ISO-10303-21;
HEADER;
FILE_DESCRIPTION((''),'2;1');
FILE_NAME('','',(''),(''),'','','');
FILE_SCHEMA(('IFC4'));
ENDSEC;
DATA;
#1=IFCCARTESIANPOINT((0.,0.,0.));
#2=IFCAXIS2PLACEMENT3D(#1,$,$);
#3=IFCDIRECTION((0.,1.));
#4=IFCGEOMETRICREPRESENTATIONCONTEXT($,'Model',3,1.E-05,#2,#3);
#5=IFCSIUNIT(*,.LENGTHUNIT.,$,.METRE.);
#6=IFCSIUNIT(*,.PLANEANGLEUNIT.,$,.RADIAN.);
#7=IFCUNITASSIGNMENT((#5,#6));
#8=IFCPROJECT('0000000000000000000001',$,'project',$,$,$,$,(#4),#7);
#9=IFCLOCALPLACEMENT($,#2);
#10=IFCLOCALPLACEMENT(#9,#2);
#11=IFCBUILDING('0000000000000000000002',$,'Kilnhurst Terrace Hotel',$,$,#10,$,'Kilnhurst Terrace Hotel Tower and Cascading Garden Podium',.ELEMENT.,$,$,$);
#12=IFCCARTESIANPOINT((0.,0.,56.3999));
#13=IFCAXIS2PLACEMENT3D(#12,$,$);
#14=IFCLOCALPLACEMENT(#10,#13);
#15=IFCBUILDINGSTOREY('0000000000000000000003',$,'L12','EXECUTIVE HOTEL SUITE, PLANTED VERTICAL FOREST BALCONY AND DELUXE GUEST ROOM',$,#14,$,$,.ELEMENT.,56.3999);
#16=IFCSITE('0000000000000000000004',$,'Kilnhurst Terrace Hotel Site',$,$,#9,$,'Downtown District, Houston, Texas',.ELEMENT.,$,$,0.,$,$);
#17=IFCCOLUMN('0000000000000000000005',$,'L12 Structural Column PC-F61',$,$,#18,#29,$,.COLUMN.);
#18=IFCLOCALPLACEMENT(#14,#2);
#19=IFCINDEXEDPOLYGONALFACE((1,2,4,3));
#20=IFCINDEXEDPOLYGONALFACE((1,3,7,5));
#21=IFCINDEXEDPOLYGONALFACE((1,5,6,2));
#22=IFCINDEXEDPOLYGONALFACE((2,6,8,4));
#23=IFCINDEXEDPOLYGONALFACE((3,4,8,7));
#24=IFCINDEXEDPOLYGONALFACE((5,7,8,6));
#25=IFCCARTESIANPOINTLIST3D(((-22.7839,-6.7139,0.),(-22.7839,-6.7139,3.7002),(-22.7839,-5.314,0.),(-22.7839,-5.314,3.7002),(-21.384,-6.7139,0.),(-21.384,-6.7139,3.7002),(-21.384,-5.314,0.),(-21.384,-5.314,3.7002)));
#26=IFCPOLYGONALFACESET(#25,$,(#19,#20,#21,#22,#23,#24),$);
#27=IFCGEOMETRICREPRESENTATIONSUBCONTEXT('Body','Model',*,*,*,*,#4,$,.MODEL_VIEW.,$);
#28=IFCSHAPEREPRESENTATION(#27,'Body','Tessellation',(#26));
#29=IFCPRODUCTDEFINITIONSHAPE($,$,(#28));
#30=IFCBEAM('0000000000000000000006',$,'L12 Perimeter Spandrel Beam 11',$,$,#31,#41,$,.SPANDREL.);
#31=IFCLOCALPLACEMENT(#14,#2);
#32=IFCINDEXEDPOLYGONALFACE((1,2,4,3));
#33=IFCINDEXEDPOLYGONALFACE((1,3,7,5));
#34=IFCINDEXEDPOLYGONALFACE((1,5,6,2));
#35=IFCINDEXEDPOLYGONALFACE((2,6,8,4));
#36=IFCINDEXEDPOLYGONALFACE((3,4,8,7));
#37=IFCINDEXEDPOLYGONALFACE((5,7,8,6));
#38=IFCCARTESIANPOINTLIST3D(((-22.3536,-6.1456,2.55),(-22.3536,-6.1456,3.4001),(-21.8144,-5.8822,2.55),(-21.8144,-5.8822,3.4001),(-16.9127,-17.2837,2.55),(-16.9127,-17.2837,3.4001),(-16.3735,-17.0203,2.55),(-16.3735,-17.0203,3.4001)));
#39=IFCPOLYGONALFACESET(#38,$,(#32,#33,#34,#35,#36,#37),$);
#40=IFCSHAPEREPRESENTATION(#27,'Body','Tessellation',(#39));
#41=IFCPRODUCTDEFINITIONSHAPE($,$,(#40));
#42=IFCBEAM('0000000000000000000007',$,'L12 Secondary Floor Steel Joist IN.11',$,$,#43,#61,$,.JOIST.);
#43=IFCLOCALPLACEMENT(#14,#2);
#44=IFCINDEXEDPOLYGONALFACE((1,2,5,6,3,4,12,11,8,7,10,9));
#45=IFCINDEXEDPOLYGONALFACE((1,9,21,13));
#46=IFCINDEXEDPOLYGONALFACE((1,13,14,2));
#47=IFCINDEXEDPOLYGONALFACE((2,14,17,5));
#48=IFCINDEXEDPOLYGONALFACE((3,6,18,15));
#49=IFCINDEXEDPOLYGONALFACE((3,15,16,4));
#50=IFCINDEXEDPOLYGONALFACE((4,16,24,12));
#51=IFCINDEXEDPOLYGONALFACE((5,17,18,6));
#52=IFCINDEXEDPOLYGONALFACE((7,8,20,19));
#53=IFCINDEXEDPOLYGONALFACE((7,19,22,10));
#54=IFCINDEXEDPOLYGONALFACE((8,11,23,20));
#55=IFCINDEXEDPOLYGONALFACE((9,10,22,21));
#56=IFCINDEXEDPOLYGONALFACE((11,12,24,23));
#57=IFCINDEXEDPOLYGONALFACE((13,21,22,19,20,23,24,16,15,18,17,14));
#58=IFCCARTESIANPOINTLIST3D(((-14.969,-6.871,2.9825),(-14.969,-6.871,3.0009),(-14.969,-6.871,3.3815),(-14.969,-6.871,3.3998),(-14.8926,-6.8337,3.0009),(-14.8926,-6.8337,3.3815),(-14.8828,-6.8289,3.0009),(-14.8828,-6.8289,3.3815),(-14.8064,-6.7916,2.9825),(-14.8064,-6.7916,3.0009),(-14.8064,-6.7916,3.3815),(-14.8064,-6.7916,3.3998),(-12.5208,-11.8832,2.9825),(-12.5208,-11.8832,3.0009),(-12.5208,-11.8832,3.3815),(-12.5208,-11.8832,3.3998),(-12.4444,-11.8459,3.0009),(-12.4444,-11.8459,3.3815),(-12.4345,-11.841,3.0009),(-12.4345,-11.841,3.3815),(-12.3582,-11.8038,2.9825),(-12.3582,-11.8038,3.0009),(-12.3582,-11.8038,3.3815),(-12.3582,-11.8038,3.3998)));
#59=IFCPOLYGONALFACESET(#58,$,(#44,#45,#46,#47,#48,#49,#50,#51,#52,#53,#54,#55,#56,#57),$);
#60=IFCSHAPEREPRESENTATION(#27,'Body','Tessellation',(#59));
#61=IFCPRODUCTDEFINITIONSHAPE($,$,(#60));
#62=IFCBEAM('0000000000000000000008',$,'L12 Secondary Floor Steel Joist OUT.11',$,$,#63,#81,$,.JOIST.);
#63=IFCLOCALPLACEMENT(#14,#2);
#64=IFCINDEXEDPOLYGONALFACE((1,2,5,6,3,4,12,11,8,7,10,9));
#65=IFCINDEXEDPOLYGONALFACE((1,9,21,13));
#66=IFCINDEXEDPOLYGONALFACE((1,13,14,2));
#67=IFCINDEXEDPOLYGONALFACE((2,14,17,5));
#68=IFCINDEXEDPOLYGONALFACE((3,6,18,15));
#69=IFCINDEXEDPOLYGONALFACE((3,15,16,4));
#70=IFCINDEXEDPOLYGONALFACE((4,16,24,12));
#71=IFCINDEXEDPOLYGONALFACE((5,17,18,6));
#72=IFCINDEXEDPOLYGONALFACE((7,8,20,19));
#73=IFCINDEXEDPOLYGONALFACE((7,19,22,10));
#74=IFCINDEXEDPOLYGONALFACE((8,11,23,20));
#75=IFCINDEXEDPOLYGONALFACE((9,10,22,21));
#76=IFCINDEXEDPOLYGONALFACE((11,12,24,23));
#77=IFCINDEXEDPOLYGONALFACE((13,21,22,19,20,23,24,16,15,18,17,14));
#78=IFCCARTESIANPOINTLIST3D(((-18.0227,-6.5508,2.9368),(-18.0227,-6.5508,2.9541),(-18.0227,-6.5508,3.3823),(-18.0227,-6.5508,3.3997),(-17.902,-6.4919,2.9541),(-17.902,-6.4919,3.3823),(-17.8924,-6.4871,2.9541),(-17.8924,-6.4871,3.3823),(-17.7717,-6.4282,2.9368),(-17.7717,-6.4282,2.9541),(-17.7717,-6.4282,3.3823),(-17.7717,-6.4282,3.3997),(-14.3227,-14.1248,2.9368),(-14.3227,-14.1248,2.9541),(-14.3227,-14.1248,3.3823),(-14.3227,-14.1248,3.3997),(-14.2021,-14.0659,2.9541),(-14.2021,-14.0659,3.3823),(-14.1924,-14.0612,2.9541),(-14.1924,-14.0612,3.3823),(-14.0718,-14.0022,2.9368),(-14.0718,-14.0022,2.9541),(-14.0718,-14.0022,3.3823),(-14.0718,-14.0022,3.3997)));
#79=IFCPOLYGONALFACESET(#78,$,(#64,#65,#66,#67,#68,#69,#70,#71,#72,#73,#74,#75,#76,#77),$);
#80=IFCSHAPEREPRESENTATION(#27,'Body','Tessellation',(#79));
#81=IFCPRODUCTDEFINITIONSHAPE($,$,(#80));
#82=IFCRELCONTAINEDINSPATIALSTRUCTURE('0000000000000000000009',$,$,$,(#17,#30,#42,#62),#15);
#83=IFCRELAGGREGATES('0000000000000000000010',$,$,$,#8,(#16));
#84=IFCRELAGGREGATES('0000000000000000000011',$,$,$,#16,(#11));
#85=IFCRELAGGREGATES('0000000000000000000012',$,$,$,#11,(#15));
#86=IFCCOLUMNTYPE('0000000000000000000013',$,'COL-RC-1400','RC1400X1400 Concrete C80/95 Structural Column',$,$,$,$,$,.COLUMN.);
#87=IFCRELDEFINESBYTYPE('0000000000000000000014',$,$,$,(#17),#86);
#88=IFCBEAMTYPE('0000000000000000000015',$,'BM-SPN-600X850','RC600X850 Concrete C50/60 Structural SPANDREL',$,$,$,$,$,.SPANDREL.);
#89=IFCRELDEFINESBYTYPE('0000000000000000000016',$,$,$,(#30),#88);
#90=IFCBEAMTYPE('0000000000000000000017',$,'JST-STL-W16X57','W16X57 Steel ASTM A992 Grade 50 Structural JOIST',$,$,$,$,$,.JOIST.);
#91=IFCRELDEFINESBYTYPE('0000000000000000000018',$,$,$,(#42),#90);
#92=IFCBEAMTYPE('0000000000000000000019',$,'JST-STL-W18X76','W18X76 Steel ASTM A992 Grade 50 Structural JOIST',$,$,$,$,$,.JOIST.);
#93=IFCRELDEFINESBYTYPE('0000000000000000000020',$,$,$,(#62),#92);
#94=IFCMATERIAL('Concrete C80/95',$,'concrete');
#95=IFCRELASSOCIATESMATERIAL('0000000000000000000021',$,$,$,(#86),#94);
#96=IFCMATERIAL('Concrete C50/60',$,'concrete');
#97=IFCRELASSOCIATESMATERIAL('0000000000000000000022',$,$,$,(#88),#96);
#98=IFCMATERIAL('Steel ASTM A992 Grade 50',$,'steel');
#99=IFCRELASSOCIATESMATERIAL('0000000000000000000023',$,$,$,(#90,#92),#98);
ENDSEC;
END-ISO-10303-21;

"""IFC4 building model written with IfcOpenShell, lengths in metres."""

from ifc_helpers import new_model, si_unit, direction, frame, origin, origin_2d, place, context, subcontext, project, spatial, rectangle, i_section, extrude, material, material_profile, profile_set, type_object, element, save


model = new_model("IFC4")

# Units and contexts
model_context = context("Model", 3, precision=1e-05, world=origin(), true_north=direction((0.0, 1.0)))
body_context = subcontext(model_context, "Body", "Model", "MODEL_VIEW")
ifc_project = project(units=[si_unit("LENGTHUNIT", "METRE"), si_unit("PLANEANGLEUNIT", "RADIAN")], contexts=[model_context])

# Site, building, storey
site_placement = place(None, origin())
site = spatial("IfcSite", under=ifc_project, at=site_placement, Name="Kilnhurst Terrace Hotel Site", LongName="Downtown District, Houston, Texas", CompositionType="ELEMENT", RefElevation=0.0)
building_placement = place(site_placement, origin())
building = spatial("IfcBuilding", under=site, at=building_placement, Name="Kilnhurst Terrace Hotel", LongName="Kilnhurst Terrace Hotel Tower and Cascading Garden Podium", CompositionType="ELEMENT")
storey_placement = place(building_placement, frame((0.0, 0.0, 56.3999)))
storey = spatial("IfcBuildingStorey", under=building, at=storey_placement, Name="L12", Description="EXECUTIVE HOTEL SUITE, PLANTED VERTICAL FOREST BALCONY AND DELUXE GUEST ROOM", CompositionType="ELEMENT", Elevation=56.3999)

# Column
ifc_material_1 = material(Name="Concrete C80/95", Category="concrete")
ifc_material_profile_1 = material_profile(ifc_material_1, rectangle(XDim=1.3999, YDim=1.3999, at=origin_2d()), Name="RC1400X1400")
ifc_profile_set_1 = profile_set([ifc_material_profile_1], Name="Concrete C80/95")
column_type = type_object("IfcColumnType", Name="COL-RC-1400", Description="RC1400X1400 Concrete C80/95 Structural Column", PredefinedType="COLUMN", material=ifc_profile_set_1)
column_placement = place(storey_placement, frame((-22.084, -6.0139, 0.0), z_axis=(0.0, 0.0, 1.0), x_axis=(1.0, 0.0, 0.0)))
element("IfcColumn", 1, at=column_placement, inside=storey, type_object=column_type, Name="L12 Structural Column PC-F61", PredefinedType="COLUMN", context=body_context, shape_type="SweptSolid", body=[
    extrude(rectangle(XDim=1.3999, YDim=1.3999, at=origin_2d()), origin(), (0.0, 0.0, 1.0), 3.7002),
])

# Beams
ifc_material_2 = material(Name="Concrete C50/60", Category="concrete")
ifc_material_profile_2 = material_profile(ifc_material_2, rectangle(XDim=0.6001, YDim=0.8501, at=origin_2d()), Name="RC600X850")
ifc_profile_set_2 = profile_set([ifc_material_profile_2], Name="Concrete C50/60")
beam_type_1 = type_object("IfcBeamType", Name="BM-SPN-600X850", Description="RC600X850 Concrete C50/60 Structural SPANDREL", PredefinedType="SPANDREL", material=ifc_profile_set_2)
beam_1_placement = place(storey_placement, frame((-22.084, -6.0139, 2.9751), z_axis=(0.438923, -0.898525, 0.0), x_axis=(0.898525, 0.438923, 0.0)))
element("IfcBeam", 2, at=beam_1_placement, inside=storey, type_object=beam_type_1, Name="L12 Perimeter Spandrel Beam 11", PredefinedType="SPANDREL", context=body_context, shape_type="SweptSolid", body=[
    extrude(rectangle(XDim=0.6001, YDim=0.8501, at=origin_2d()), origin(), (0.0, 0.0, 1.0), 12.396),
])
ifc_material_3 = material(Name="Steel ASTM A992 Grade 50", Category="steel")
ifc_material_profile_3 = material_profile(ifc_material_3, i_section(OverallWidth=0.1809, OverallDepth=0.4172, WebThickness=0.011, FlangeThickness=0.0183, at=origin_2d()), Name="W16X57")
ifc_profile_set_3 = profile_set([ifc_material_profile_3], Name="Steel ASTM A992 Grade 50")
beam_type_2 = type_object("IfcBeamType", Name="JST-STL-W16X57", Description="W16X57 Steel ASTM A992 Grade 50 Structural JOIST", PredefinedType="JOIST", material=ifc_profile_set_3)
beam_2_placement = place(storey_placement, frame((-14.8877, -6.8313, 3.1912), z_axis=(0.438896, -0.898538, 0.0), x_axis=(0.898538, 0.438896, 0.0)))
element("IfcBeam", 3, at=beam_2_placement, inside=storey, type_object=beam_type_2, Name="L12 Secondary Floor Steel Joist IN.11", PredefinedType="JOIST", context=body_context, shape_type="SweptSolid", body=[
    extrude(i_section(OverallWidth=0.1809, OverallDepth=0.4172, WebThickness=0.011, FlangeThickness=0.0183, at=origin_2d()), origin(), (0.0, 0.0, 1.0), 5.5781),
])
ifc_material_profile_4 = material_profile(ifc_material_3, i_section(OverallWidth=0.2793, OverallDepth=0.4629, WebThickness=0.0107, FlangeThickness=0.0173, at=origin_2d()), Name="W18X76")
ifc_profile_set_4 = profile_set([ifc_material_profile_4], Name="Steel ASTM A992 Grade 50")
beam_type_3 = type_object("IfcBeamType", Name="JST-STL-W18X76", Description="W18X76 Steel ASTM A992 Grade 50 Structural JOIST", PredefinedType="JOIST", material=ifc_profile_set_4)
beam_3_placement = place(storey_placement, frame((-17.8972, -6.4895, 3.1682), z_axis=(0.438934, -0.898519, 0.0), x_axis=(0.898519, 0.438934, 0.0)))
element("IfcBeam", 4, at=beam_3_placement, inside=storey, type_object=beam_type_3, Name="L12 Secondary Floor Steel Joist OUT.11", PredefinedType="JOIST", context=body_context, shape_type="SweptSolid", body=[
    extrude(i_section(OverallWidth=0.2793, OverallDepth=0.4629, WebThickness=0.0107, FlangeThickness=0.0173, at=origin_2d()), origin(), (0.0, 0.0, 1.0), 8.4294),
])

save(model, "model.ifc")
